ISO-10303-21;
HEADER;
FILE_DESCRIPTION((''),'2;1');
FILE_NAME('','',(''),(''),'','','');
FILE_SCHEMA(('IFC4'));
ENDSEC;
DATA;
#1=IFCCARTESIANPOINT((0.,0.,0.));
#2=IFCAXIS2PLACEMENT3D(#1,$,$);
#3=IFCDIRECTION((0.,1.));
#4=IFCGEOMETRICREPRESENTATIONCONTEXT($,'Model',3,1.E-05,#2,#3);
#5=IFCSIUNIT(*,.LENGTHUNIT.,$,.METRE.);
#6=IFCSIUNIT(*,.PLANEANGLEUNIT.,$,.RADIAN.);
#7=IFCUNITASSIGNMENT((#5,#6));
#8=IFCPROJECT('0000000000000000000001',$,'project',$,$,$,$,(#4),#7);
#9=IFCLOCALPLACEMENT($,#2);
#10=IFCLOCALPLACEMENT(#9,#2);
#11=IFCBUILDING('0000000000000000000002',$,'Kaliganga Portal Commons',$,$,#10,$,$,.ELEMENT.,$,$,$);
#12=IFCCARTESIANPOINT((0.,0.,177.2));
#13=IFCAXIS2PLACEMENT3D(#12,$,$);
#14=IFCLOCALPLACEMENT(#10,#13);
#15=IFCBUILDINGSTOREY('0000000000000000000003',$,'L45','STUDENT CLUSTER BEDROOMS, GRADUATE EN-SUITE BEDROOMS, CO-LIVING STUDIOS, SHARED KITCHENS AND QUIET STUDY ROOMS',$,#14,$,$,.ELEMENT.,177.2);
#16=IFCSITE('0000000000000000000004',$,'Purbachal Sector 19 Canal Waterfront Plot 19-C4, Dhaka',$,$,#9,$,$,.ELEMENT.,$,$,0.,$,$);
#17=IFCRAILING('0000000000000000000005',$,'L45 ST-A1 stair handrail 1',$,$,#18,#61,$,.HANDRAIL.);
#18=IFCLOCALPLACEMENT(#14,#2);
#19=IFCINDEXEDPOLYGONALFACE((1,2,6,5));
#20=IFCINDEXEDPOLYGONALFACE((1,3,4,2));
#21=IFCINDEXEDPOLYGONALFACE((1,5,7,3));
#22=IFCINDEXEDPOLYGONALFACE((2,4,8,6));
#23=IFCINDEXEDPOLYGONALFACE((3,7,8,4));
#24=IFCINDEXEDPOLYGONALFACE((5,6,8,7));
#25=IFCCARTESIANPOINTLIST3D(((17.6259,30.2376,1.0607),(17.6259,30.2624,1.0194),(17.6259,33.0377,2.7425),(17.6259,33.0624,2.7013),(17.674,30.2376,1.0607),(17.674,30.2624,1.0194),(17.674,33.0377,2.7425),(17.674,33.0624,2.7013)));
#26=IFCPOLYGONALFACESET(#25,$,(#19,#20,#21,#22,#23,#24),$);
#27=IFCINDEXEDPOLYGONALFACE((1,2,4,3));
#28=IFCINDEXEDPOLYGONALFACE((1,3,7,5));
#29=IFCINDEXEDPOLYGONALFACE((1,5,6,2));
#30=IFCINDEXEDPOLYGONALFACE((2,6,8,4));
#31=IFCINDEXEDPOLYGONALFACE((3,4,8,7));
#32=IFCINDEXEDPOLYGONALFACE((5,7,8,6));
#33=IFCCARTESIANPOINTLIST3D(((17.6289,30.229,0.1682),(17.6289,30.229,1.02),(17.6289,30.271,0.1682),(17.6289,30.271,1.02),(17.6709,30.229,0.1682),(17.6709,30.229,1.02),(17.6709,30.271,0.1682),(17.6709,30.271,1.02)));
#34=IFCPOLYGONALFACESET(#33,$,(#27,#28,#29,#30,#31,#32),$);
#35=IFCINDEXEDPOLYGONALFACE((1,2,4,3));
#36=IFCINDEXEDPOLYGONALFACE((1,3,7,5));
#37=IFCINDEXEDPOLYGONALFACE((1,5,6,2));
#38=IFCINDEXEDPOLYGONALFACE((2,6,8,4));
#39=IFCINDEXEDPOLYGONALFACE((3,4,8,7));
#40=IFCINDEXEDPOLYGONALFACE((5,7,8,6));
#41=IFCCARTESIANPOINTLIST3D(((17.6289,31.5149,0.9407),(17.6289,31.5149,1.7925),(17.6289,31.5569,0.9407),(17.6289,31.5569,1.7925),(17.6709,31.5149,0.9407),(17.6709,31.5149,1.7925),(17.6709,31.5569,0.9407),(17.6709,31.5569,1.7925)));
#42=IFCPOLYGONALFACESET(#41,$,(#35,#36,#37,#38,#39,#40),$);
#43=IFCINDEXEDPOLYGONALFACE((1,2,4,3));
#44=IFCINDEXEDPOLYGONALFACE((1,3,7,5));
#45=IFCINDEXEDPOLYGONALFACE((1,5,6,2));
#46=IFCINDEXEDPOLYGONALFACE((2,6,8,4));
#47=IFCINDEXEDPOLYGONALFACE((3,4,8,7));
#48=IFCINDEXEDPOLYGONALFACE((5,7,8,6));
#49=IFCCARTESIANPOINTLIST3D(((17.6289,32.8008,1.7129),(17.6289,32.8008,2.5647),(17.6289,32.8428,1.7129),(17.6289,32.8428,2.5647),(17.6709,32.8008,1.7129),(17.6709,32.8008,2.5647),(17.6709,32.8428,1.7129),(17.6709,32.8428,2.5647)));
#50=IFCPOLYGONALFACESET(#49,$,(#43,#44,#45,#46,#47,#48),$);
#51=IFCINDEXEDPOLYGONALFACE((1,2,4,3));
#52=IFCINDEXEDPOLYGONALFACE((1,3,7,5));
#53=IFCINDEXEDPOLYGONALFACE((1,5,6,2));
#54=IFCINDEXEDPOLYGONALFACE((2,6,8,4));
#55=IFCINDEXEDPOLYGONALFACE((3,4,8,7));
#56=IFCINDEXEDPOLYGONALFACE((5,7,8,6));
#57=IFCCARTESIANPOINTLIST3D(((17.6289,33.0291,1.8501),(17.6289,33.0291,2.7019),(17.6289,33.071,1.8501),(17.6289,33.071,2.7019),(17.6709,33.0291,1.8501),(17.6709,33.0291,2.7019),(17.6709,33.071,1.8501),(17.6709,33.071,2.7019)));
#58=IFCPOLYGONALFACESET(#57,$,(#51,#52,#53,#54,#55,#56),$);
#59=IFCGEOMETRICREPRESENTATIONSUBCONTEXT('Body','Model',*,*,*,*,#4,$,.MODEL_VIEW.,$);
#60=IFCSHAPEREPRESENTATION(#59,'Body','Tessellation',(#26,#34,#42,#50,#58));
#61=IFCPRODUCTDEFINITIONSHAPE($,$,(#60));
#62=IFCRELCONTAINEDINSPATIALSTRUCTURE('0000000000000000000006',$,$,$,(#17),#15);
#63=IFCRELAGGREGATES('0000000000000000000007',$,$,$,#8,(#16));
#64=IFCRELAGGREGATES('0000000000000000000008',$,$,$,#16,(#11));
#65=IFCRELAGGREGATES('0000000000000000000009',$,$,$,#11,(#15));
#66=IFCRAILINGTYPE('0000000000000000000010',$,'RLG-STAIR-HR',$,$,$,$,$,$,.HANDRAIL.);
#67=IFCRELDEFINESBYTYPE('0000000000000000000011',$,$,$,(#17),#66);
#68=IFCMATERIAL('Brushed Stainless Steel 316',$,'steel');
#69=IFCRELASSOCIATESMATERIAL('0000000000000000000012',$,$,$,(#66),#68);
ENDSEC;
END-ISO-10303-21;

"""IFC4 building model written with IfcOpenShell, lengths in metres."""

from ifc_helpers import new_model, si_unit, direction, frame, origin, origin_2d, place, context, subcontext, project, spatial, rectangle, extrude, material, type_object, element, save


model = new_model("IFC4")

# Units and contexts
model_context = context("Model", 3, precision=1e-05, world=origin(), true_north=direction((0.0, 1.0)))
body_context = subcontext(model_context, "Body", "Model", "MODEL_VIEW")
ifc_project = project(units=[si_unit("LENGTHUNIT", "METRE"), si_unit("PLANEANGLEUNIT", "RADIAN")], contexts=[model_context])

# Site, building, storey
site_placement = place(None, origin())
site = spatial("IfcSite", under=ifc_project, at=site_placement, Name="Purbachal Sector 19 Canal Waterfront Plot 19-C4, Dhaka", CompositionType="ELEMENT", RefElevation=0.0)
building_placement = place(site_placement, origin())
building = spatial("IfcBuilding", under=site, at=building_placement, Name="Kaliganga Portal Commons", CompositionType="ELEMENT")
storey_placement = place(building_placement, frame((0.0, 0.0, 177.2)))
storey = spatial("IfcBuildingStorey", under=building, at=storey_placement, Name="L45", Description="STUDENT CLUSTER BEDROOMS, GRADUATE EN-SUITE BEDROOMS, CO-LIVING STUDIOS, SHARED KITCHENS AND QUIET STUDY ROOMS", CompositionType="ELEMENT", Elevation=177.2)

# Railing
ifc_material_1 = material(Name="Brushed Stainless Steel 316", Category="steel")
railing_type_1 = type_object("IfcRailingType", Name="RLG-STAIR-HR", PredefinedType="HANDRAIL", material=ifc_material_1)
railing_1_placement = place(storey_placement, frame((17.6499, 30.25, 0.1682)))
element("IfcRailing", 1, at=railing_1_placement, inside=storey, type_object=railing_type_1, Name="L45 ST-A1 stair handrail 1", PredefinedType="HANDRAIL", context=body_context, shape_type="SweptSolid", body=[
    extrude(rectangle(XDim=0.0481, YDim=0.0481, at=origin_2d()), frame((0.0, 0.0, 0.8718), z_axis=(0.0, 0.857242, 0.514913), x_axis=(-1.0, 0.0, 0.0)), (0.0, 0.0, 1.0), 3.2664),
    extrude(rectangle(XDim=0.042, YDim=0.042, at=origin_2d()), origin(), (0.0, 0.0, 1.0), 0.8518),
    extrude(rectangle(XDim=0.042, YDim=0.042, at=origin_2d()), frame((0.0, 1.2859, 0.7725)), (0.0, 0.0, 1.0), 0.8518),
    extrude(rectangle(XDim=0.042, YDim=0.042, at=origin_2d()), frame((0.0, 2.5718, 1.5447)), (0.0, 0.0, 1.0), 0.8518),
    extrude(rectangle(XDim=0.042, YDim=0.042, at=origin_2d()), frame((0.0, 2.8, 1.6819)), (0.0, 0.0, 1.0), 0.8518),
])

save(model, "model.ifc")
